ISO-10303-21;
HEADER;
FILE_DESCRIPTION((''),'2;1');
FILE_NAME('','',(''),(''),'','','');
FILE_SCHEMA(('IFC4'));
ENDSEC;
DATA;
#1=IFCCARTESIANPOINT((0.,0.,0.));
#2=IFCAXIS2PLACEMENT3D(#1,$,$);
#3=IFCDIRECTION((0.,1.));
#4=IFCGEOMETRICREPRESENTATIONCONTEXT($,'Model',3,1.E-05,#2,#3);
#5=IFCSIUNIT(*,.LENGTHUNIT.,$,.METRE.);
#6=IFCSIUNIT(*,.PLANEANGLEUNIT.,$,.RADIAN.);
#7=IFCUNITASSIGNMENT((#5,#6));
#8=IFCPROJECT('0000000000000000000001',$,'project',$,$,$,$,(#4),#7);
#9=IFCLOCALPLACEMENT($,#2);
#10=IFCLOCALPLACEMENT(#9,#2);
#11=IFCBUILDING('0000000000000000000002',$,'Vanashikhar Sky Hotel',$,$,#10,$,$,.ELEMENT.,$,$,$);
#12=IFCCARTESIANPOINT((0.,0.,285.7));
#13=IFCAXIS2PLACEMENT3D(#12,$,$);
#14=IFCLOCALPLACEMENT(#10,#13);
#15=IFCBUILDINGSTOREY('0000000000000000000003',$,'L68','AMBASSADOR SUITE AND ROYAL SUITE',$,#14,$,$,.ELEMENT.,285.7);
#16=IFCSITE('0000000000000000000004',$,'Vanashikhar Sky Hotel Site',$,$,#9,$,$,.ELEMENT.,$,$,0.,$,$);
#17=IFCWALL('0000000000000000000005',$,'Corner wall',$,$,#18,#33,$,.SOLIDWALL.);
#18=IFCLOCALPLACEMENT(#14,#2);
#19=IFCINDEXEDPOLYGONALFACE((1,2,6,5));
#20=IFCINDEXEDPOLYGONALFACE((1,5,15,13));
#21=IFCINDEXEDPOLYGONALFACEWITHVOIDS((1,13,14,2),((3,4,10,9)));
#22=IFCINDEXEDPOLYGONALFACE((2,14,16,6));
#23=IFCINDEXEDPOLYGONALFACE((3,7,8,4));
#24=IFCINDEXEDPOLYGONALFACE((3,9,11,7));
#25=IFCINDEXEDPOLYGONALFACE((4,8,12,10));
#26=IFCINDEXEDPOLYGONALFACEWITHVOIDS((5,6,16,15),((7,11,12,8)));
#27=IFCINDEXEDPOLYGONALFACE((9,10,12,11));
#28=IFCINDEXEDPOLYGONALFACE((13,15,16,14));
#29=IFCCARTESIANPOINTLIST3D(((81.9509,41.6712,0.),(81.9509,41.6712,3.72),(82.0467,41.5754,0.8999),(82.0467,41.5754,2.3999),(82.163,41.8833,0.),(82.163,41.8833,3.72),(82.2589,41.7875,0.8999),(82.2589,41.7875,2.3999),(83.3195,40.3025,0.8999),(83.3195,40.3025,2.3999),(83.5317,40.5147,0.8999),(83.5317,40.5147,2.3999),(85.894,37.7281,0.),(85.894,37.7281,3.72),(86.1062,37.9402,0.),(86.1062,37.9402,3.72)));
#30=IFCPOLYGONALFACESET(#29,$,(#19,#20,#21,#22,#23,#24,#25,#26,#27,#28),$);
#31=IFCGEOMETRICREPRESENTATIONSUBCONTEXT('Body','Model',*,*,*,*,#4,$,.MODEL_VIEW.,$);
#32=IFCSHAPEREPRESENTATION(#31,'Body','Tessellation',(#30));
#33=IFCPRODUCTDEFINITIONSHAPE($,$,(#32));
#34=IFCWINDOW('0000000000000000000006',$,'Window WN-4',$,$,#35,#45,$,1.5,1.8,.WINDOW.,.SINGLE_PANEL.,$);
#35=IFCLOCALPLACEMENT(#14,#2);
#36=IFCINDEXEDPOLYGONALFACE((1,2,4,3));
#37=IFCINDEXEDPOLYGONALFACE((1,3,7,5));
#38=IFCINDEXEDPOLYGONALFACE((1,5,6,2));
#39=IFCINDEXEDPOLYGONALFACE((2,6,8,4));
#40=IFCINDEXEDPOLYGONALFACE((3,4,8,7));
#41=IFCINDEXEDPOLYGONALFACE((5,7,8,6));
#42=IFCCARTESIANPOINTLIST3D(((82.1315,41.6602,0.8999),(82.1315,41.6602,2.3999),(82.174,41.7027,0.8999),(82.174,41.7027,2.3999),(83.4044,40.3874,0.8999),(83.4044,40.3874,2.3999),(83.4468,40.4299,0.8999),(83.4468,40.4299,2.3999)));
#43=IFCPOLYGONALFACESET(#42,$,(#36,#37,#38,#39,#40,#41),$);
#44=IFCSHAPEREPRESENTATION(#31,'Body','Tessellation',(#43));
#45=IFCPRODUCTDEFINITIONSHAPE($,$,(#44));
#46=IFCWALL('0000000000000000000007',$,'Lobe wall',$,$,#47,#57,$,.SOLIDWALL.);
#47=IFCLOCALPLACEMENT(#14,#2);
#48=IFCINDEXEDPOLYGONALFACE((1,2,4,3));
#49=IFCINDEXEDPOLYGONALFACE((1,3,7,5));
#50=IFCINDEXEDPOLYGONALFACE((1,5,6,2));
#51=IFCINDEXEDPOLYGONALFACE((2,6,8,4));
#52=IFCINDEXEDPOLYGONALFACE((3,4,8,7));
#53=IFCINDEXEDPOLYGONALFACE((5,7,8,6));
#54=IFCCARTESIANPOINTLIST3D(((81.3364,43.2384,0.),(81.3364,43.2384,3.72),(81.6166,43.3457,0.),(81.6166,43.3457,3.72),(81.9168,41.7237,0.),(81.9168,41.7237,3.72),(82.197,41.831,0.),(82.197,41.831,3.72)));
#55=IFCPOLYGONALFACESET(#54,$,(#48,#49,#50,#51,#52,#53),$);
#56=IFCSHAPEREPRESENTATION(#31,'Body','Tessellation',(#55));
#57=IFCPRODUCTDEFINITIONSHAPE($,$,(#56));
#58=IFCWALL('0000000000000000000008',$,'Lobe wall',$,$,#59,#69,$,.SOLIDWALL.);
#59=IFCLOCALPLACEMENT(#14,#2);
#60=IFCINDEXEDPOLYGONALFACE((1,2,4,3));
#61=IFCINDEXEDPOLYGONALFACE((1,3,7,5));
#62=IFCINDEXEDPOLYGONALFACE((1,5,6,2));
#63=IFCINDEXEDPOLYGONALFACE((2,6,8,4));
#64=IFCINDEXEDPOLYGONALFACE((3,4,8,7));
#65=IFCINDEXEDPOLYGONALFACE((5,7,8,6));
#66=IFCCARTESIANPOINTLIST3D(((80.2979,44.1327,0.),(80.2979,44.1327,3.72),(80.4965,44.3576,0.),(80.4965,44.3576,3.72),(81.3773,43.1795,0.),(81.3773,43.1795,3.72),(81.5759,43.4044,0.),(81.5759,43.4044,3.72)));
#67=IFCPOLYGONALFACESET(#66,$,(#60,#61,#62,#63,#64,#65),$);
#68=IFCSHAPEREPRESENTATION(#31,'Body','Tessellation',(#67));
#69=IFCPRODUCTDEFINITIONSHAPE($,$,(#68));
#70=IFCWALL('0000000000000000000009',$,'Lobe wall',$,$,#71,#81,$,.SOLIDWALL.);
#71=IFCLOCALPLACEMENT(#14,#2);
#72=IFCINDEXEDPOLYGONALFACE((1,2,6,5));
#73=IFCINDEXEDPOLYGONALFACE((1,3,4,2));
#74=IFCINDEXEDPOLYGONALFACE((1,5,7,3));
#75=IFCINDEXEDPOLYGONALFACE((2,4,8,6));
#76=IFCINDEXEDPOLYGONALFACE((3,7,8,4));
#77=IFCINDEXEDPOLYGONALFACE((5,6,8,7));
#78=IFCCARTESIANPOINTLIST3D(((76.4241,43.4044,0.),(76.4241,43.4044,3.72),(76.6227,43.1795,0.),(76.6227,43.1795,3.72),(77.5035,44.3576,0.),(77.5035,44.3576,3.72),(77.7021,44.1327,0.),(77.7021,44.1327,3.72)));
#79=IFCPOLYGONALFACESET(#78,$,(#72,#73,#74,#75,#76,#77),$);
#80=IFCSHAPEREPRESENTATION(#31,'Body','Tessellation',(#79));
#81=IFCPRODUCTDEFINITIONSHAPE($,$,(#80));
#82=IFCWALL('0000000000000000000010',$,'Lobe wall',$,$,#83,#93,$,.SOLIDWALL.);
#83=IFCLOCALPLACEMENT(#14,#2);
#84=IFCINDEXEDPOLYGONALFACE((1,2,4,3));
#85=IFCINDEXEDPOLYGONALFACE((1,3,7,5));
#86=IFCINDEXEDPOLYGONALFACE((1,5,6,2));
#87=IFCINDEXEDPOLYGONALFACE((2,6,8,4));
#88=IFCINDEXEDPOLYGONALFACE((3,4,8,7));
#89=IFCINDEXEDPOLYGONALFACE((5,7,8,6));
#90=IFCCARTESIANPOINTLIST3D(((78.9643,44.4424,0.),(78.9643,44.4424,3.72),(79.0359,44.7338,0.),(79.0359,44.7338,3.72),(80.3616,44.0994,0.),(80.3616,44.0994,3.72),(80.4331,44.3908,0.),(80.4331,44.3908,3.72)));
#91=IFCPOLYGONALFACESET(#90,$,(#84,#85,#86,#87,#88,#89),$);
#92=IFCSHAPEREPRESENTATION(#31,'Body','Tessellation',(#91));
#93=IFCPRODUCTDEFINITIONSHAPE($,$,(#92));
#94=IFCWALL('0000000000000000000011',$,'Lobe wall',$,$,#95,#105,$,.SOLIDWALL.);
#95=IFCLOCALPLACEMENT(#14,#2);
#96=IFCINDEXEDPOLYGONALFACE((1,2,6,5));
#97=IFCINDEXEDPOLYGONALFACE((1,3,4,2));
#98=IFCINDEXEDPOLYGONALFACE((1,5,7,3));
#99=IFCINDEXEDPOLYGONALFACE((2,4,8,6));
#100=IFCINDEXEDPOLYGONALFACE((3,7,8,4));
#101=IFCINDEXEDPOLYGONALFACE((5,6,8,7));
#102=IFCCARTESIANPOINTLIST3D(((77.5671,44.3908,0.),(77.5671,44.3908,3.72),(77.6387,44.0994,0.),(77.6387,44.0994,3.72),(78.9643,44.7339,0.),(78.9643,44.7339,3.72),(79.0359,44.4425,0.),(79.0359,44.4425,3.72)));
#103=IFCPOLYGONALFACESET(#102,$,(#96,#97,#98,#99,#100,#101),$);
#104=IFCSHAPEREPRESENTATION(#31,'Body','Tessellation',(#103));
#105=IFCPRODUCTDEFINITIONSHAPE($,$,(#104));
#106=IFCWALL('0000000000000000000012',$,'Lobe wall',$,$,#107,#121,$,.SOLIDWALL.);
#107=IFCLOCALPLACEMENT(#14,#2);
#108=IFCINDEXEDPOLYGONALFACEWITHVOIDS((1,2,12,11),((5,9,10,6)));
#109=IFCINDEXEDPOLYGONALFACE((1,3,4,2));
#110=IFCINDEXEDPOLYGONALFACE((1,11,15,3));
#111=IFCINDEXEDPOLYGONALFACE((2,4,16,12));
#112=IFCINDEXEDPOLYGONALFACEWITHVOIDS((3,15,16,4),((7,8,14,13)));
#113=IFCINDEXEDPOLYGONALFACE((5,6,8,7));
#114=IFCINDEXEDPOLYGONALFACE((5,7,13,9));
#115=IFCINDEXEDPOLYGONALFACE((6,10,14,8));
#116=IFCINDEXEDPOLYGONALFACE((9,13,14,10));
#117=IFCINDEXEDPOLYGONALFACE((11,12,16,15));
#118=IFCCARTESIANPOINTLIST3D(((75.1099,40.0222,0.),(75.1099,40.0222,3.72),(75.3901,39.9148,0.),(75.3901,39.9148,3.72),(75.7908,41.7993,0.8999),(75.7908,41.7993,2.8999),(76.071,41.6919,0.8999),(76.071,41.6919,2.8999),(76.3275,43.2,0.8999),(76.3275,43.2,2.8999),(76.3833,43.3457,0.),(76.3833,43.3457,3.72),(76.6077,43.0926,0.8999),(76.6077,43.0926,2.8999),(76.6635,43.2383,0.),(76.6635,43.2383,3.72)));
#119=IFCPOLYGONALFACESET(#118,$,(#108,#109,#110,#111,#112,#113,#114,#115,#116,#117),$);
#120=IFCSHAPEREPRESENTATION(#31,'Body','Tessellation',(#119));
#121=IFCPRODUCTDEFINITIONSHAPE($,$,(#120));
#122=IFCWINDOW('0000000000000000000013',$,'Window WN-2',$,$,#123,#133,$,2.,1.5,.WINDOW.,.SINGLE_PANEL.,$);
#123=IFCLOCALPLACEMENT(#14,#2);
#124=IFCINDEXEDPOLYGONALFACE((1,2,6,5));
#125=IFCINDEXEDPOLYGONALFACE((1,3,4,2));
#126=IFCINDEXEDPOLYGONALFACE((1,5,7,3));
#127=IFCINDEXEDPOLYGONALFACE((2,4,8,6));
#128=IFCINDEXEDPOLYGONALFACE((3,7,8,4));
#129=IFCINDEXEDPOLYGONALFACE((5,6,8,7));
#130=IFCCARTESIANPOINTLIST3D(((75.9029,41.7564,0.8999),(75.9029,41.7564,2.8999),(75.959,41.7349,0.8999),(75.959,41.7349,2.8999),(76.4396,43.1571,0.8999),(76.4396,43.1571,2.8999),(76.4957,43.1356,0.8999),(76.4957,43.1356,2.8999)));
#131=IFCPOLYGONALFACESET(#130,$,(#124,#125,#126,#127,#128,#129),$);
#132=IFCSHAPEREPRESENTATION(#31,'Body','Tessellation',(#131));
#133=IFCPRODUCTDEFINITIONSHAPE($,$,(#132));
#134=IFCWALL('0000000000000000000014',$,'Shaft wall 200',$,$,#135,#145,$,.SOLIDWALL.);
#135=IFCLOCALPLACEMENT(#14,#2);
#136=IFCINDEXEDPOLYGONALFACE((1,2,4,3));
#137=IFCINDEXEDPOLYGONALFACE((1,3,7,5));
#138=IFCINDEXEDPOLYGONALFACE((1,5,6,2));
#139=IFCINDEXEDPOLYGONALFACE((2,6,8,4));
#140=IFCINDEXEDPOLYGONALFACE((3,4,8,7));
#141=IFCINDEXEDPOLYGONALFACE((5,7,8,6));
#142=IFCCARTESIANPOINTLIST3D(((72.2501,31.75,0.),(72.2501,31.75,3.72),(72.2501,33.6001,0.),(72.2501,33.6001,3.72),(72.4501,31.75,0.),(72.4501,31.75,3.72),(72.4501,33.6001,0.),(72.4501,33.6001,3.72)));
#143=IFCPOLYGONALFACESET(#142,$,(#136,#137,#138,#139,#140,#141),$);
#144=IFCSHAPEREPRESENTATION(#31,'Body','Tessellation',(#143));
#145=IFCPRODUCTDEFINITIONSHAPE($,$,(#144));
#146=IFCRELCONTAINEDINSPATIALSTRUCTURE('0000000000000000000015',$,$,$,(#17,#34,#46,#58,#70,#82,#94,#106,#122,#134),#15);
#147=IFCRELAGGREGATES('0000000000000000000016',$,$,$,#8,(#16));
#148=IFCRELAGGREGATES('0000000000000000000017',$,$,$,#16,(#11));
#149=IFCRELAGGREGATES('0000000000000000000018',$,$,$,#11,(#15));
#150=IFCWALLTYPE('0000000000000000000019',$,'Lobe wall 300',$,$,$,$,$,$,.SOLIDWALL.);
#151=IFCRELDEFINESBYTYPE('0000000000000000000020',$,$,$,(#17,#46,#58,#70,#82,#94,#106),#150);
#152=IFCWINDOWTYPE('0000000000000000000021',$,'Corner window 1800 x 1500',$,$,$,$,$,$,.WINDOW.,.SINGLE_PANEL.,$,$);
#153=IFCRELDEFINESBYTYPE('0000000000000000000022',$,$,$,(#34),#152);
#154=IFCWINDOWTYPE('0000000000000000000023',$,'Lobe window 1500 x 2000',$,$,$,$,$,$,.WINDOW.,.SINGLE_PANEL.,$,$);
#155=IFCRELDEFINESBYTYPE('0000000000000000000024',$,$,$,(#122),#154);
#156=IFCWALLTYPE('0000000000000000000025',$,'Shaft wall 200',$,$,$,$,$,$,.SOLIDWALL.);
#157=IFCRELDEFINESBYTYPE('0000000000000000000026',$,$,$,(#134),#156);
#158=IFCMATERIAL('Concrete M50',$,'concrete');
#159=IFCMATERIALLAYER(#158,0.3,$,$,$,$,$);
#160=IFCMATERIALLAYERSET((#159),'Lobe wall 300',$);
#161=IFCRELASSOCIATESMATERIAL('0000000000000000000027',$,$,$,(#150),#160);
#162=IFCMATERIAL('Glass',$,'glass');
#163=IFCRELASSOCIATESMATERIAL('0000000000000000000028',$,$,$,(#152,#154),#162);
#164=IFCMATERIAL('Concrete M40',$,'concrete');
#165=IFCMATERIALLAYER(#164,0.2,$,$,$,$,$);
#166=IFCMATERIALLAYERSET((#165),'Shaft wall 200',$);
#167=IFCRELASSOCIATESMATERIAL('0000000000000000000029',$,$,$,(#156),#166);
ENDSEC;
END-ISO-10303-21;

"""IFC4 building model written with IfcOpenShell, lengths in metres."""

from ifc_helpers import new_model, si_unit, direction, frame, frame_2d, origin, place, context, subcontext, project, spatial, rectangle, extrude, source, transform, mapped, material, layer, layer_set, type_object, element, fill, save


model = new_model("IFC4")

# Units and contexts
model_context = context("Model", 3, precision=1e-05, world=origin(), true_north=direction((0.0, 1.0)))
body_context = subcontext(model_context, "Body", "Model", "MODEL_VIEW")
ifc_project = project(units=[si_unit("LENGTHUNIT", "METRE"), si_unit("PLANEANGLEUNIT", "RADIAN")], contexts=[model_context])

# Site, building, storey
site_placement = place(None, origin())
site = spatial("IfcSite", under=ifc_project, at=site_placement, Name="Vanashikhar Sky Hotel Site", CompositionType="ELEMENT", RefElevation=0.0)
building_placement = place(site_placement, origin())
building = spatial("IfcBuilding", under=site, at=building_placement, Name="Vanashikhar Sky Hotel", CompositionType="ELEMENT")
storey_placement = place(building_placement, frame((0.0, 0.0, 285.7)))
storey = spatial("IfcBuildingStorey", under=building, at=storey_placement, Name="L68", Description="AMBASSADOR SUITE AND ROYAL SUITE", CompositionType="ELEMENT", Elevation=285.7)

# Wall, opening, window
ifc_material_1 = material(Name="Concrete M50", Category="concrete")
ifc_layer_1 = layer(ifc_material_1, 0.3)
ifc_layer_set_1 = layer_set([ifc_layer_1], Name="Lobe wall 300")
wall_type_1 = type_object("IfcWallType", Name="Lobe wall 300", PredefinedType="SOLIDWALL", material=ifc_layer_set_1)
shared_shape_1 = source(origin(), body_context, "Body", "SweptSolid", [
    extrude(rectangle(XDim=5.5764, YDim=0.3, at=frame_2d((2.7881, 0.0))), origin(), (0.0, 0.0, 1.0), 3.72),
])
wall_1_placement = place(storey_placement, frame((86.0, 37.8342, 0.0), z_axis=(0.0, 0.0, 1.0), x_axis=(-0.707107, 0.707107, 0.0)))
wall_1 = element("IfcWall", 1, at=wall_1_placement, inside=storey, type_object=wall_type_1, Name="Corner wall", PredefinedType="SOLIDWALL", context=body_context, shape_type="MappedRepresentation", body=[
    mapped(shared_shape_1, transform((0.0, 0.0, 0.0), scale=1.0)),
])
shared_shape_2 = source(origin(), body_context, "Body", "SweptSolid", [
    extrude(rectangle(XDim=1.8, YDim=1.5, at=frame_2d((0.8999, 0.75))), frame((0.0, 0.1602, 0.0), z_axis=(0.0, -1.0, 0.0), x_axis=(1.0, 0.0, 0.0)), (0.0, 0.0, 1.0), 0.3201),
])
opening_1_placement = place(wall_1_placement, frame((3.6409, 0.0, 0.8999)))
opening_1 = element("IfcOpeningElement", 2, at=opening_1_placement, cuts=wall_1, PredefinedType="OPENING", context=body_context, shape_type="MappedRepresentation", body=[
    mapped(shared_shape_2, transform((0.0, 0.0, 0.0), scale=1.0)),
])
ifc_material_2 = material(Name="Glass", Category="glass")
window_type_1 = type_object("IfcWindowType", Name="Corner window 1800 x 1500", PartitioningType="SINGLE_PANEL", PredefinedType="WINDOW", material=ifc_material_2)
shared_shape_3 = source(origin(), body_context, "Body", "SweptSolid", [
    extrude(rectangle(XDim=1.8, YDim=1.5, at=frame_2d((0.8999, 0.75))), frame((0.0, 0.03, 0.0), z_axis=(0.0, -1.0, 0.0), x_axis=(1.0, 0.0, 0.0)), (0.0, 0.0, 1.0), 0.0601),
])
window_1_placement = place(opening_1_placement, origin())
window_1 = element("IfcWindow", 3, at=window_1_placement, inside=storey, type_object=window_type_1, Name="Window WN-4", OverallHeight=1.5, OverallWidth=1.8, PartitioningType="SINGLE_PANEL", PredefinedType="WINDOW", context=body_context, shape_type="MappedRepresentation", body=[
    mapped(shared_shape_3, transform((0.0, 0.0, 0.0), scale=1.0)),
])
fill(opening_1, window_1)

# Walls
shared_shape_4 = source(origin(), body_context, "Body", "SweptSolid", [
    extrude(rectangle(XDim=1.6221, YDim=0.3, at=frame_2d((0.811, 0.0))), origin(), (0.0, 0.0, 1.0), 3.72),
])
wall_2_placement = place(storey_placement, frame((82.0569, 41.7773, 0.0), z_axis=(0.0, 0.0, 1.0), x_axis=(-0.357779, 0.933806, 0.0)))
element("IfcWall", 4, at=wall_2_placement, inside=storey, type_object=wall_type_1, Name="Lobe wall", PredefinedType="SOLIDWALL", context=body_context, shape_type="MappedRepresentation", body=[
    mapped(shared_shape_4, transform((0.0, 0.0, 0.0), scale=1.0)),
])
shared_shape_5 = source(origin(), body_context, "Body", "SweptSolid", [
    extrude(rectangle(XDim=1.4399, YDim=0.3, at=frame_2d((0.72, 0.0))), origin(), (0.0, 0.0, 1.0), 3.72),
])
for number, where, z_axis, x_axis, name in (
    (5, (81.4766, 43.292, 0.0), (0.0, 0.0, 1.0), (-0.749576, 0.661919, 0.0), "Lobe wall"),
    (6, (77.6028, 44.2451, 0.0), (0.0, 0.0, 1.0), (-0.749576, -0.661919, 0.0), "Lobe wall"),
):
    element("IfcWall", number, at=place(storey_placement, frame(where, z_axis=z_axis, x_axis=x_axis)), inside=storey, type_object=wall_type_1, Name=name, PredefinedType="SOLIDWALL", context=body_context, shape_type="MappedRepresentation", body=[
        mapped(shared_shape_5, transform((0.0, 0.0, 0.0), scale=1.0)),
    ])
shared_shape_6 = source(origin(), body_context, "Body", "SweptSolid", [
    extrude(rectangle(XDim=1.4387, YDim=0.3, at=frame_2d((0.7192, 0.0))), origin(), (0.0, 0.0, 1.0), 3.72),
])
for number, where, z_axis, x_axis, name in (
    (7, (80.3972, 44.2451, 0.0), (0.0, 0.0, 1.0), (-0.971162, 0.238421, 0.0), "Lobe wall"),
    (8, (79.0, 44.5881, 0.0), (0.0, 0.0, 1.0), (-0.971162, -0.238421, 0.0), "Lobe wall"),
):
    element("IfcWall", number, at=place(storey_placement, frame(where, z_axis=z_axis, x_axis=x_axis)), inside=storey, type_object=wall_type_1, Name=name, PredefinedType="SOLIDWALL", context=body_context, shape_type="MappedRepresentation", body=[
        mapped(shared_shape_6, transform((0.0, 0.0, 0.0), scale=1.0)),
    ])

# Wall, opening, window
shared_shape_7 = source(origin(), body_context, "Body", "SweptSolid", [
    extrude(rectangle(XDim=3.5591, YDim=0.3, at=frame_2d((1.7795, 0.0))), origin(), (0.0, 0.0, 1.0), 3.72),
])
wall_3_placement = place(storey_placement, frame((76.5234, 43.292, 0.0), z_axis=(0.0, 0.0, 1.0), x_axis=(-0.357797, -0.933799, 0.0)))
wall_3 = element("IfcWall", 9, at=wall_3_placement, inside=storey, type_object=wall_type_1, Name="Lobe wall", PredefinedType="SOLIDWALL", context=body_context, shape_type="MappedRepresentation", body=[
    mapped(shared_shape_7, transform((0.0, 0.0, 0.0), scale=1.0)),
])
shared_shape_8 = source(origin(), body_context, "Body", "SweptSolid", [
    extrude(rectangle(XDim=1.5, YDim=2.0, at=frame_2d((0.75, 1.0))), frame((0.0, 0.1602, 0.0), z_axis=(0.0, -1.0, 0.0), x_axis=(1.0, 0.0, 0.0)), (0.0, 0.0, 1.0), 0.3201),
])
opening_2_placement = place(wall_3_placement, frame((0.156, 0.0, 0.8999)))
opening_2 = element("IfcOpeningElement", 10, at=opening_2_placement, cuts=wall_3, PredefinedType="OPENING", context=body_context, shape_type="MappedRepresentation", body=[
    mapped(shared_shape_8, transform((0.0, 0.0, 0.0), scale=1.0)),
])
window_type_2 = type_object("IfcWindowType", Name="Lobe window 1500 x 2000", PartitioningType="SINGLE_PANEL", PredefinedType="WINDOW", material=ifc_material_2)
shared_shape_9 = source(origin(), body_context, "Body", "SweptSolid", [
    extrude(rectangle(XDim=1.5, YDim=2.0, at=frame_2d((0.75, 1.0))), frame((0.0, 0.03, 0.0), z_axis=(0.0, -1.0, 0.0), x_axis=(1.0, 0.0, 0.0)), (0.0, 0.0, 1.0), 0.0601),
])
window_2_placement = place(opening_2_placement, origin())
window_2 = element("IfcWindow", 11, at=window_2_placement, inside=storey, type_object=window_type_2, Name="Window WN-2", OverallHeight=2.0, OverallWidth=1.5, PartitioningType="SINGLE_PANEL", PredefinedType="WINDOW", context=body_context, shape_type="MappedRepresentation", body=[
    mapped(shared_shape_9, transform((0.0, 0.0, 0.0), scale=1.0)),
])
fill(opening_2, window_2)

# Wall
ifc_material_3 = material(Name="Concrete M40", Category="concrete")
ifc_layer_2 = layer(ifc_material_3, 0.2)
ifc_layer_set_2 = layer_set([ifc_layer_2], Name="Shaft wall 200")
wall_type_2 = type_object("IfcWallType", Name="Shaft wall 200", PredefinedType="SOLIDWALL", material=ifc_layer_set_2)
shared_shape_10 = source(origin(), body_context, "Body", "SweptSolid", [
    extrude(rectangle(XDim=1.8501, YDim=0.2, at=frame_2d((0.925, 0.0))), origin(), (0.0, 0.0, 1.0), 3.72),
])
wall_4_placement = place(storey_placement, frame((72.3501, 31.75, 0.0), z_axis=(0.0, 0.0, 1.0), x_axis=(0.0, 1.0, 0.0)))
element("IfcWall", 12, at=wall_4_placement, inside=storey, type_object=wall_type_2, Name="Shaft wall 200", PredefinedType="SOLIDWALL", context=body_context, shape_type="MappedRepresentation", body=[
    mapped(shared_shape_10, transform((0.0, 0.0, 0.0), scale=1.0)),
])

save(model, "model.ifc")
